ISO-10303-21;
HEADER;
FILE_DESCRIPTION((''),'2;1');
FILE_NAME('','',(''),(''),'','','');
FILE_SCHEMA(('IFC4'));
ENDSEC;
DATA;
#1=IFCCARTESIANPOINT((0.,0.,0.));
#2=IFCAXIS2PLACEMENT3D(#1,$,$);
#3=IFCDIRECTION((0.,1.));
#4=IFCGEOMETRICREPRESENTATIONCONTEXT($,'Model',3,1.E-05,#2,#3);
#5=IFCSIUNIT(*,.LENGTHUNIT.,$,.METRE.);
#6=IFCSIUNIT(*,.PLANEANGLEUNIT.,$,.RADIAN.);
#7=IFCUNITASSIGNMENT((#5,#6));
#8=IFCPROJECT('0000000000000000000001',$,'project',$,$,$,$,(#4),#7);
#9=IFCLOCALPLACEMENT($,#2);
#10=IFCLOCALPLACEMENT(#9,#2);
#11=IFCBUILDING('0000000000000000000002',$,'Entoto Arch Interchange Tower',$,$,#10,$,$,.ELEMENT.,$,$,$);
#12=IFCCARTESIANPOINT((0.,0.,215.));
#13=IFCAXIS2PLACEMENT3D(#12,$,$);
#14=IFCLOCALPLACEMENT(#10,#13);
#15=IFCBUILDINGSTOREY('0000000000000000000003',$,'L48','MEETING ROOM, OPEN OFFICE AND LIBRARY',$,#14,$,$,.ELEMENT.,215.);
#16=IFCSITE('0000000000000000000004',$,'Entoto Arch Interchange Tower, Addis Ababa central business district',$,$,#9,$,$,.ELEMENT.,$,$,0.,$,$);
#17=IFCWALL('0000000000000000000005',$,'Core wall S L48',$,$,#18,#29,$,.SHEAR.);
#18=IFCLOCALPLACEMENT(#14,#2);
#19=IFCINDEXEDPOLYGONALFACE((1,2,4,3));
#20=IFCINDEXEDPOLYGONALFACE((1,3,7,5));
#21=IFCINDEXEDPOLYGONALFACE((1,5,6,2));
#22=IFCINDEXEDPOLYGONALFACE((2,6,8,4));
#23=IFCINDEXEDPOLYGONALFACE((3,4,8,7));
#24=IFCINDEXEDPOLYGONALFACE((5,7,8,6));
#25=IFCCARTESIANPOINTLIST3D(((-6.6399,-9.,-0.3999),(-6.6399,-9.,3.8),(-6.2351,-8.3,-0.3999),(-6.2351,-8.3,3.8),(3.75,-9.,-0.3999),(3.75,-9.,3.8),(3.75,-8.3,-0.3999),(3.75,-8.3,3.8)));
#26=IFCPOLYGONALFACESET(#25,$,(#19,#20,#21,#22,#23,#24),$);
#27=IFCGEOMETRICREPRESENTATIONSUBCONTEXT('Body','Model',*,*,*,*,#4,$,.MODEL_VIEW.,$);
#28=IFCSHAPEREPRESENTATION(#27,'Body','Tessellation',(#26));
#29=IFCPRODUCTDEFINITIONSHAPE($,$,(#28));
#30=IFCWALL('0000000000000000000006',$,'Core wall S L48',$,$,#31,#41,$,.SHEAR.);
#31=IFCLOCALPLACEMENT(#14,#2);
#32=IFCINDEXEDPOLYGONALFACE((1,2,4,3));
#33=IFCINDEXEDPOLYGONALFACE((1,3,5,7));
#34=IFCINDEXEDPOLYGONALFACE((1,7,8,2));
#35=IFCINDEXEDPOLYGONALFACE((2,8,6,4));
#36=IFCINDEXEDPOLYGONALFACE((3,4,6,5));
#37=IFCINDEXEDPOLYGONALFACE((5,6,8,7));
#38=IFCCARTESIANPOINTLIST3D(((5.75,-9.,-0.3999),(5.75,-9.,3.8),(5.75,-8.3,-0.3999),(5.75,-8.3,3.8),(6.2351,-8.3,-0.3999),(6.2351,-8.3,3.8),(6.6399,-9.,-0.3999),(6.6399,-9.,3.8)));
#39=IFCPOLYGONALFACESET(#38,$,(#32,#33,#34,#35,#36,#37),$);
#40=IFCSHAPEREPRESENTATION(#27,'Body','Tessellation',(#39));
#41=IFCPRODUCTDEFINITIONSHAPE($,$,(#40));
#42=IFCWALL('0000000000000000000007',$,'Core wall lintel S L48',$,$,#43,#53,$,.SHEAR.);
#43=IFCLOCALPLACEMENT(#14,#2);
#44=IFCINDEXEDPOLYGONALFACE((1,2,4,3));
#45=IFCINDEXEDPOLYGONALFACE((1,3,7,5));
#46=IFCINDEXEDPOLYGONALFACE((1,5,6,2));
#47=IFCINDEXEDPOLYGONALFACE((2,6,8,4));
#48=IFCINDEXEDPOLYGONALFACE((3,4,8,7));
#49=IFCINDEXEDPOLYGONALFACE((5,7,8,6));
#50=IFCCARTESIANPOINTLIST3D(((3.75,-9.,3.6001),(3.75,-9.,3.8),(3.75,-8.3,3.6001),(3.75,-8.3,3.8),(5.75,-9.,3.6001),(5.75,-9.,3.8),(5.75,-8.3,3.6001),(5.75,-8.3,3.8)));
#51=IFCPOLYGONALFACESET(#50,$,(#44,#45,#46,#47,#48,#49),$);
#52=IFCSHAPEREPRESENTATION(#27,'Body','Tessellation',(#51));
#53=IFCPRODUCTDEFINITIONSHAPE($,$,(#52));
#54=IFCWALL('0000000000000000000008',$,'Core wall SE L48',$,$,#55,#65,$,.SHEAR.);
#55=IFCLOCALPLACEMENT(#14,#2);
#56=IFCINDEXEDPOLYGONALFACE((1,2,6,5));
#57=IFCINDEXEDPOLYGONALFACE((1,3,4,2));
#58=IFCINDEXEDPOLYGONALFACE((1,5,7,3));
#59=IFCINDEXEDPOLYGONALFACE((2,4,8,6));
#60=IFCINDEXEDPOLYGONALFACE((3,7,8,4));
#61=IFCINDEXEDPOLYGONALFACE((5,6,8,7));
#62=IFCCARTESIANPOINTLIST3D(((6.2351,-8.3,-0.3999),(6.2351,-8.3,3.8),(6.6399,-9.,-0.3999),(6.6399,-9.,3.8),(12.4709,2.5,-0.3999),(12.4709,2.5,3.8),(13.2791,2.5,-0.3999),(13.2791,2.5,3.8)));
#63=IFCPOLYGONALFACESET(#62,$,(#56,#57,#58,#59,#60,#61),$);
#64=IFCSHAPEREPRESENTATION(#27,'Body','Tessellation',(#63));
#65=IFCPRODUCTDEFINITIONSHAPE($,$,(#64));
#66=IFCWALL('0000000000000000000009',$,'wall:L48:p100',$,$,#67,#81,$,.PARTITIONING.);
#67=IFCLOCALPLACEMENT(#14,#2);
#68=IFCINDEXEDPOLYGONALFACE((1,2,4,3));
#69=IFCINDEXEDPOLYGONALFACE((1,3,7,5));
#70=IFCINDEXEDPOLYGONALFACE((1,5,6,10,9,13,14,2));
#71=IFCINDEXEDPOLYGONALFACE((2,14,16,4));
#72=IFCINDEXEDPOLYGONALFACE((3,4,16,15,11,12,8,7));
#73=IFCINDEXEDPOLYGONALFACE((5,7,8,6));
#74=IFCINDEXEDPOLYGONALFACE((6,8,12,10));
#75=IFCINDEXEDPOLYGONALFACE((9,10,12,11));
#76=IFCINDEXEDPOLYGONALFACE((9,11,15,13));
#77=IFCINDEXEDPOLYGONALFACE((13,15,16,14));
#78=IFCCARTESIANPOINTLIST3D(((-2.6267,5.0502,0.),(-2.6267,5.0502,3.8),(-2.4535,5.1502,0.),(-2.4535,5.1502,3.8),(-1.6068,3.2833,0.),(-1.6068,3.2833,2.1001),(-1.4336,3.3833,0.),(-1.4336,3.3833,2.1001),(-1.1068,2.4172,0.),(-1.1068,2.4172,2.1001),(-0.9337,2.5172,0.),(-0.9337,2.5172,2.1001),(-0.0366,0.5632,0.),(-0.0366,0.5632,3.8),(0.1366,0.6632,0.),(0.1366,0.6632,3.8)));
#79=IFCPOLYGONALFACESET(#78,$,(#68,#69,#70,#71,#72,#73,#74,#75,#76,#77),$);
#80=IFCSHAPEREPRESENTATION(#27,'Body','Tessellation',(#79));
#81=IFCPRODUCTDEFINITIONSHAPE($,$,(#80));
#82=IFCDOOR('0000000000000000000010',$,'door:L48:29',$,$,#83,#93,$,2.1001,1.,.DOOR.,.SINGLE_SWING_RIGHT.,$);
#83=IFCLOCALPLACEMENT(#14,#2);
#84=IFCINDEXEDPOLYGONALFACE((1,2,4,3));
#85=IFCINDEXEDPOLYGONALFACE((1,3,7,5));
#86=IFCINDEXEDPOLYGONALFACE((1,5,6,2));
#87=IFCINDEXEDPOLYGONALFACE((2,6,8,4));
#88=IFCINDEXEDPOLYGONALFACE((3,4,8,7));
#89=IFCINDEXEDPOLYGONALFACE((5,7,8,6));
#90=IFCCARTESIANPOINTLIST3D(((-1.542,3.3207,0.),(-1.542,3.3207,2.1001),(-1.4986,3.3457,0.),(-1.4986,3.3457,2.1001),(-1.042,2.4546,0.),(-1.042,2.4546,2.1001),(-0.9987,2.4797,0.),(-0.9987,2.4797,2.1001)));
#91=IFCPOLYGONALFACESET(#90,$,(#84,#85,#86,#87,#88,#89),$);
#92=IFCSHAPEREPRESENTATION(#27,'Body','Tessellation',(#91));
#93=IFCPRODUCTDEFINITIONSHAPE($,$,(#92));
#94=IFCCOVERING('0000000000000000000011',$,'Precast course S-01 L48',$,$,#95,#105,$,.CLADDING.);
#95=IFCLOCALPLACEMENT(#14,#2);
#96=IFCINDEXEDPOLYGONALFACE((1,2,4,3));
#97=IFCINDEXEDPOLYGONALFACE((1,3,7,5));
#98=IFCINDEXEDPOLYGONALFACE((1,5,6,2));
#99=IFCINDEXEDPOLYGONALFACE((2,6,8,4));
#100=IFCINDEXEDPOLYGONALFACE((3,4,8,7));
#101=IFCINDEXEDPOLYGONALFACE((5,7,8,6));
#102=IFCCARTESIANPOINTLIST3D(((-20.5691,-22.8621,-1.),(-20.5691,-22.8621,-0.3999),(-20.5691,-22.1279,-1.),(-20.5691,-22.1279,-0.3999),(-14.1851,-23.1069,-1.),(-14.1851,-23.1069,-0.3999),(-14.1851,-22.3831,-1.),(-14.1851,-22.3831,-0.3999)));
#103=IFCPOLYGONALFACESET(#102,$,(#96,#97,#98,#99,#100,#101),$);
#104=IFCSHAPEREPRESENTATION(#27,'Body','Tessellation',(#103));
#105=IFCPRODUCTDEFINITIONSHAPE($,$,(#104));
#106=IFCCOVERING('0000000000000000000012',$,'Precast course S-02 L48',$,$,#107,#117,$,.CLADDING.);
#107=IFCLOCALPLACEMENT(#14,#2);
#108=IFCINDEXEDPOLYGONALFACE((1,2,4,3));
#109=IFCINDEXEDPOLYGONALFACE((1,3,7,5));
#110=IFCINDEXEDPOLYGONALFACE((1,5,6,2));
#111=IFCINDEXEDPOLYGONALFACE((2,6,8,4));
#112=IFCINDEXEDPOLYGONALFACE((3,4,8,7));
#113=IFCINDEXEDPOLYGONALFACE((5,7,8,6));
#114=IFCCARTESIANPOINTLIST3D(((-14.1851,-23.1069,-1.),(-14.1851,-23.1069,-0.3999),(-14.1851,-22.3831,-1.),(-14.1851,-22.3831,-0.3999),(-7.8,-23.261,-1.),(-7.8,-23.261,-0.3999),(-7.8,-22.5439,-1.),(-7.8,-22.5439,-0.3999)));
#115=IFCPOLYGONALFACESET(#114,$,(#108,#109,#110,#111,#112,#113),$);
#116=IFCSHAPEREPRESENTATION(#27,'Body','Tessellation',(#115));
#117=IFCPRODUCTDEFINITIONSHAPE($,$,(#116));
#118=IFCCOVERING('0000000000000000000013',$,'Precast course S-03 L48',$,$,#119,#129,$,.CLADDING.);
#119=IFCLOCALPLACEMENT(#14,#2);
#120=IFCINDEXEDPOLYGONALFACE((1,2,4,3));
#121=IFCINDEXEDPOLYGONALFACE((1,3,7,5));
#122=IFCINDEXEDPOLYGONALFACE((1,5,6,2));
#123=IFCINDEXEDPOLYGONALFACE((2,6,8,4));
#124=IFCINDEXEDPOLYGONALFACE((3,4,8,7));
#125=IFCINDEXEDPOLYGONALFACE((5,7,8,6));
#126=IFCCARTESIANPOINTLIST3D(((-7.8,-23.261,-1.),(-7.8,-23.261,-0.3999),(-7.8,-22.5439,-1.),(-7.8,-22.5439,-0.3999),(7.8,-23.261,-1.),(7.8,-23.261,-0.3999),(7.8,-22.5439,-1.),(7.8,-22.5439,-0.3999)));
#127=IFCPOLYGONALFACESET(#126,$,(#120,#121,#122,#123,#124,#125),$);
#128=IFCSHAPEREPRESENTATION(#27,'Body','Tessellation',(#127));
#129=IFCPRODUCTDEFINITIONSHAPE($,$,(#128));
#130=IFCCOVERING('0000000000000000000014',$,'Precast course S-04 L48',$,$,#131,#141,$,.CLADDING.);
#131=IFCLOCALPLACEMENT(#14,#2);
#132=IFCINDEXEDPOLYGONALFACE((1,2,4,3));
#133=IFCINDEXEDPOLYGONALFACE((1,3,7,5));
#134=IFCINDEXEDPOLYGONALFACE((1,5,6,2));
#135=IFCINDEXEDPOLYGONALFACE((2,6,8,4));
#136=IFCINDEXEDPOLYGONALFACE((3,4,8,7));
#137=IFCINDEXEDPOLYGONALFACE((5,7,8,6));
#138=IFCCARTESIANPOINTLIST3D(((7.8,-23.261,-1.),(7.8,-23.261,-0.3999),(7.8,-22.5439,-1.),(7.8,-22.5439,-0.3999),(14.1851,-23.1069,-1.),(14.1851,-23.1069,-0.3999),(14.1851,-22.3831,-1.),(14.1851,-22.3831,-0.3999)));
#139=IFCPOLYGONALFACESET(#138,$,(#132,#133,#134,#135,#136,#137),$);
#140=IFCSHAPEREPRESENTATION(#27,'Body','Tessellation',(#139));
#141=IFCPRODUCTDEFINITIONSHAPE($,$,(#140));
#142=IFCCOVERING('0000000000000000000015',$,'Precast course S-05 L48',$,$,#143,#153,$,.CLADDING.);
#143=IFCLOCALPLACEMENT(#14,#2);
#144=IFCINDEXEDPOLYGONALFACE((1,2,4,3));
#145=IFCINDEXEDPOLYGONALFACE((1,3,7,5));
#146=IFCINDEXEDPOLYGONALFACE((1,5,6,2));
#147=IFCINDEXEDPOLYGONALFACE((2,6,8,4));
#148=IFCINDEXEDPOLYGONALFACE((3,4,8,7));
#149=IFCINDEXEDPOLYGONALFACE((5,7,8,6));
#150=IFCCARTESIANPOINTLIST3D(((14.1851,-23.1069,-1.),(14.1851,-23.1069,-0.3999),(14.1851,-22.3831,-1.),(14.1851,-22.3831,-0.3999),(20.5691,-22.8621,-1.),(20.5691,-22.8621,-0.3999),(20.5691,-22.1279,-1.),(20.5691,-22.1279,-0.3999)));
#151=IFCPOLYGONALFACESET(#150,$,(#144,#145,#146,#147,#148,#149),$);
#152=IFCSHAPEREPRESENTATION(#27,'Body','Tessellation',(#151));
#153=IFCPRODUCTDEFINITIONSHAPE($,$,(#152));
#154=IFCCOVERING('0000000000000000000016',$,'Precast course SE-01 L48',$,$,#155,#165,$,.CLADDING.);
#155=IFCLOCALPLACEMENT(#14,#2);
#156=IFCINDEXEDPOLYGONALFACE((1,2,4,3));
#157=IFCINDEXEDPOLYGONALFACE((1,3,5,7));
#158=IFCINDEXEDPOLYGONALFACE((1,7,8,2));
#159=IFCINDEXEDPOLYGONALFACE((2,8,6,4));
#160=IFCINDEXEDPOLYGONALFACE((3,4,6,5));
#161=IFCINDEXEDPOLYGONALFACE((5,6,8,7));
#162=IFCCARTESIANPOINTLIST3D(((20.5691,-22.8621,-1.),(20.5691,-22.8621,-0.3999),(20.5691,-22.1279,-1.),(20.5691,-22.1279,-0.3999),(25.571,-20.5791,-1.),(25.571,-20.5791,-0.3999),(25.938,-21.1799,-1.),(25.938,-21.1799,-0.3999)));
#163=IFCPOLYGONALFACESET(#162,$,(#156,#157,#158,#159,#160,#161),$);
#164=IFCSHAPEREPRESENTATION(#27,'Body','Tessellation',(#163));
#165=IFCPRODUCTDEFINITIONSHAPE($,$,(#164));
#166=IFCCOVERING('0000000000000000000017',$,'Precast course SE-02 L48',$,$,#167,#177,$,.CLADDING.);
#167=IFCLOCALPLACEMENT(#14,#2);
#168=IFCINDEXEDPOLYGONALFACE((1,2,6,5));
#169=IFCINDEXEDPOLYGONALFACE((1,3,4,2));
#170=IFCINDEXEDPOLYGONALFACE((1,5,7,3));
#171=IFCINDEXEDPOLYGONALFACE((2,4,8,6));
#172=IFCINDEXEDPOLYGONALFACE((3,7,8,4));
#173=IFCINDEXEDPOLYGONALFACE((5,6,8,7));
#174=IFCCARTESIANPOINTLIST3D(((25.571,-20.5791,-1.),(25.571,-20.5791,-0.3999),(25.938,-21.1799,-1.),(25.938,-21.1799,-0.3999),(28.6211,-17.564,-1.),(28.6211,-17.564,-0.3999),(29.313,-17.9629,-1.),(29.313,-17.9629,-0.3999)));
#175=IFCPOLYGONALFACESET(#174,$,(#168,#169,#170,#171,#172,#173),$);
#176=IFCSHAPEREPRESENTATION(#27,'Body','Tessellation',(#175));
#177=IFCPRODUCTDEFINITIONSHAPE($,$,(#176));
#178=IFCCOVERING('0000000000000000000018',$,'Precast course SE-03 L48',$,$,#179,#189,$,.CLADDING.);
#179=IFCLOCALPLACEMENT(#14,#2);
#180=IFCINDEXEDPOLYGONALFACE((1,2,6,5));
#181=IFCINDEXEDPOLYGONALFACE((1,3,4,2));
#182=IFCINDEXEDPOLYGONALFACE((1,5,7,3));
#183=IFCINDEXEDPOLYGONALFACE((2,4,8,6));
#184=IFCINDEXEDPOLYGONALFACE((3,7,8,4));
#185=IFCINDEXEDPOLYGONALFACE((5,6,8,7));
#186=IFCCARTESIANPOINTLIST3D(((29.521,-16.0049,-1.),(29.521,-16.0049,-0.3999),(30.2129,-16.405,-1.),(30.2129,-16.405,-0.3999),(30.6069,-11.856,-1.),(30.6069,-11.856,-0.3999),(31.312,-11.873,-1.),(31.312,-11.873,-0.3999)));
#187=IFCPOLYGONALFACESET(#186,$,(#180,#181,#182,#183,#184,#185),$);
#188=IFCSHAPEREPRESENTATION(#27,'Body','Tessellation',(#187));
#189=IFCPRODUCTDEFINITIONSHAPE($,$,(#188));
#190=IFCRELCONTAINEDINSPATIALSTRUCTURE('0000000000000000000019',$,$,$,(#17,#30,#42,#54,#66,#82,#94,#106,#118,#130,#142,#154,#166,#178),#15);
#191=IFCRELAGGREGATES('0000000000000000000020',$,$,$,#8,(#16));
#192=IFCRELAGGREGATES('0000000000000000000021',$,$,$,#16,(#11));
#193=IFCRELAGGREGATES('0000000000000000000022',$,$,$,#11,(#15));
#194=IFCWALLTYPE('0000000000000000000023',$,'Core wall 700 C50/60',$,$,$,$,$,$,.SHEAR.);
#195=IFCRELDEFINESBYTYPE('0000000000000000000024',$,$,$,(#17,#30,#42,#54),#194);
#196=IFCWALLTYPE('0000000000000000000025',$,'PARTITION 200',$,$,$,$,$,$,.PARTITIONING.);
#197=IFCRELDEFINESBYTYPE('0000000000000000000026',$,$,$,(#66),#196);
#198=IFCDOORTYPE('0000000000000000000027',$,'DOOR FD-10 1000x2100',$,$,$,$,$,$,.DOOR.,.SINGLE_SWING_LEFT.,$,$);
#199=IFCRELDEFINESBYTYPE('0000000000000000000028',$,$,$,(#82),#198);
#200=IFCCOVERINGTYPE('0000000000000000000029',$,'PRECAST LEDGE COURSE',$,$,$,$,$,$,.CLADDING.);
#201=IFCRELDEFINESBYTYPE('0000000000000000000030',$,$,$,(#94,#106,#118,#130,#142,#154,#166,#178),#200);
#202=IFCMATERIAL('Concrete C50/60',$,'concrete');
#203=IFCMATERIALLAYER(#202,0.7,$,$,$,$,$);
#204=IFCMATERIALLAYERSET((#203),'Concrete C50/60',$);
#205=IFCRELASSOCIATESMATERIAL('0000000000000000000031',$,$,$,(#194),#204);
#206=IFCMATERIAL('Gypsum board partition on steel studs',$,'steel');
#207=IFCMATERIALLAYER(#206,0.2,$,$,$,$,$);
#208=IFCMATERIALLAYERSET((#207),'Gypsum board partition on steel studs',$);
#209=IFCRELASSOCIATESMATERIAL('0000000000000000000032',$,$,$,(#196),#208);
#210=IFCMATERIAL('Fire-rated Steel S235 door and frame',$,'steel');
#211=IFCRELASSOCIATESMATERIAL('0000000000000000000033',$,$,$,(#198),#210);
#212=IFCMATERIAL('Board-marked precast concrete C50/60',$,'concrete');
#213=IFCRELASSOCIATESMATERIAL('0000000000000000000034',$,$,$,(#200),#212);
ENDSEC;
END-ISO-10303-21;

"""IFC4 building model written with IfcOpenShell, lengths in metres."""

from ifc_helpers import new_model, si_unit, direction, frame, frame_2d, origin, place, context, subcontext, project, spatial, polyline, rectangle, outline, extrude, material, layer, layer_set, type_object, element, fill, save


model = new_model("IFC4")

# Units and contexts
model_context = context("Model", 3, precision=1e-05, world=origin(), true_north=direction((0.0, 1.0)))
body_context = subcontext(model_context, "Body", "Model", "MODEL_VIEW")
ifc_project = project(units=[si_unit("LENGTHUNIT", "METRE"), si_unit("PLANEANGLEUNIT", "RADIAN")], contexts=[model_context])

# Site, building, storey
site_placement = place(None, origin())
site = spatial("IfcSite", under=ifc_project, at=site_placement, Name="Entoto Arch Interchange Tower, Addis Ababa central business district", CompositionType="ELEMENT", RefElevation=0.0)
building_placement = place(site_placement, origin())
building = spatial("IfcBuilding", under=site, at=building_placement, Name="Entoto Arch Interchange Tower", CompositionType="ELEMENT")
storey_placement = place(building_placement, frame((0.0, 0.0, 215.0)))
storey = spatial("IfcBuildingStorey", under=building, at=storey_placement, Name="L48", Description="MEETING ROOM, OPEN OFFICE AND LIBRARY", CompositionType="ELEMENT", Elevation=215.0)

# Walls
ifc_material_1 = material(Name="Concrete C50/60", Category="concrete")
ifc_layer_1 = layer(ifc_material_1, 0.7)
ifc_layer_set_1 = layer_set([ifc_layer_1], Name="Concrete C50/60")
wall_type_1 = type_object("IfcWallType", Name="Core wall 700 C50/60", PredefinedType="SHEAR", material=ifc_layer_set_1)
wall_1_placement = place(storey_placement, frame((0.0, 0.0, -0.3999)))
element("IfcWall", 1, at=wall_1_placement, inside=storey, type_object=wall_type_1, Name="Core wall S L48", PredefinedType="SHEAR", context=body_context, shape_type="SweptSolid", body=[
    extrude(outline(polyline([(3.75, -9.0), (3.75, -8.3), (-6.2351, -8.3), (-6.6399, -9.0), (3.75, -9.0)])), origin(), (0.0, 0.0, 1.0), 4.2),
])
wall_2_placement = place(storey_placement, frame((0.0, 0.0, -0.3999)))
element("IfcWall", 2, at=wall_2_placement, inside=storey, type_object=wall_type_1, Name="Core wall S L48", PredefinedType="SHEAR", context=body_context, shape_type="SweptSolid", body=[
    extrude(outline(polyline([(5.75, -8.3), (5.75, -9.0), (6.6399, -9.0), (6.2351, -8.3), (5.75, -8.3)])), origin(), (0.0, 0.0, 1.0), 4.2),
])
wall_3_placement = place(storey_placement, frame((0.0, 0.0, 3.6001)))
element("IfcWall", 3, at=wall_3_placement, inside=storey, type_object=wall_type_1, Name="Core wall lintel S L48", PredefinedType="SHEAR", context=body_context, shape_type="SweptSolid", body=[
    extrude(outline(polyline([(5.75, -9.0), (5.75, -8.3), (3.75, -8.3), (3.75, -9.0), (5.75, -9.0)])), origin(), (0.0, 0.0, 1.0), 0.2),
])
wall_4_placement = place(storey_placement, frame((0.0, 0.0, -0.3999)))
element("IfcWall", 4, at=wall_4_placement, inside=storey, type_object=wall_type_1, Name="Core wall SE L48", PredefinedType="SHEAR", context=body_context, shape_type="SweptSolid", body=[
    extrude(outline(polyline([(6.6399, -9.0), (13.2791, 2.5), (12.4709, 2.5), (6.2351, -8.3), (6.6399, -9.0)])), origin(), (0.0, 0.0, 1.0), 4.2),
])

# Wall, opening, door
ifc_material_2 = material(Name="Gypsum board partition on steel studs", Category="steel")
ifc_layer_2 = layer(ifc_material_2, 0.2)
ifc_layer_set_2 = layer_set([ifc_layer_2], Name="Gypsum board partition on steel studs")
wall_type_2 = type_object("IfcWallType", Name="PARTITION 200", PredefinedType="PARTITIONING", material=ifc_layer_set_2)
wall_5_placement = place(storey_placement, frame((-2.54, 5.1001, 0.0), z_axis=(0.0, 0.0, 1.0), x_axis=(0.499925, -0.866069, 0.0)))
wall_5 = element("IfcWall", 5, at=wall_5_placement, inside=storey, type_object=wall_type_2, Name="wall:L48:p100", PredefinedType="PARTITIONING", context=body_context, shape_type="SweptSolid", body=[
    extrude(rectangle(XDim=5.1809, YDim=0.2, at=frame_2d((2.5903, 0.0))), origin(), (0.0, 0.0, 1.0), 3.8),
])
opening_placement = place(wall_5_placement, frame((2.04, 0.0, 0.0)))
opening = element("IfcOpeningElement", 6, at=opening_placement, cuts=wall_5, PredefinedType="OPENING", context=body_context, shape_type="SweptSolid", body=[
    extrude(rectangle(XDim=1.0, YDim=2.1001, at=frame_2d((0.5, 1.05))), frame((0.0, 0.1099, 0.0), z_axis=(0.0, -1.0, 0.0), x_axis=(1.0, 0.0, 0.0)), (0.0, 0.0, 1.0), 0.22),
])
ifc_material_3 = material(Name="Fire-rated Steel S235 door and frame", Category="steel")
door_type = type_object("IfcDoorType", Name="DOOR FD-10 1000x2100", OperationType="SINGLE_SWING_LEFT", PredefinedType="DOOR", material=ifc_material_3)
door_placement = place(opening_placement, origin())
door = element("IfcDoor", 7, at=door_placement, inside=storey, type_object=door_type, Name="door:L48:29", OperationType="SINGLE_SWING_RIGHT", OverallHeight=2.1001, OverallWidth=1.0, PredefinedType="DOOR", context=body_context, shape_type="SweptSolid", body=[
    extrude(rectangle(XDim=1.0, YDim=2.1001, at=frame_2d((0.5, 1.05))), frame((0.0, 0.0249, 0.0), z_axis=(0.0, -1.0, 0.0), x_axis=(1.0, 0.0, 0.0)), (0.0, 0.0, 1.0), 0.05),
])
fill(opening, door)

# Coverings
ifc_material_4 = material(Name="Board-marked precast concrete C50/60", Category="concrete")
covering_type = type_object("IfcCoveringType", Name="PRECAST LEDGE COURSE", PredefinedType="CLADDING", material=ifc_material_4)
covering_1_placement = place(storey_placement, frame((0.0, 0.0, -1.0)))
element("IfcCovering", 8, at=covering_1_placement, inside=storey, type_object=covering_type, Name="Precast course S-01 L48", PredefinedType="CLADDING", context=body_context, shape_type="SweptSolid", body=[
    extrude(outline(polyline([(-14.1851, -22.3831), (-14.1851, -23.1069), (-20.5691, -22.8621), (-20.5691, -22.1279), (-14.1851, -22.3831)])), origin(), (0.0, 0.0, 1.0), 0.6001),
])
covering_2_placement = place(storey_placement, frame((0.0, 0.0, -1.0)))
element("IfcCovering", 9, at=covering_2_placement, inside=storey, type_object=covering_type, Name="Precast course S-02 L48", PredefinedType="CLADDING", context=body_context, shape_type="SweptSolid", body=[
    extrude(outline(polyline([(-7.8, -22.5439), (-7.8, -23.261), (-14.1851, -23.1069), (-14.1851, -22.3831), (-7.8, -22.5439)])), origin(), (0.0, 0.0, 1.0), 0.6001),
])
covering_3_placement = place(storey_placement, frame((0.0, 0.0, -1.0)))
element("IfcCovering", 10, at=covering_3_placement, inside=storey, type_object=covering_type, Name="Precast course S-03 L48", PredefinedType="CLADDING", context=body_context, shape_type="SweptSolid", body=[
    extrude(outline(polyline([(7.8, -22.5439), (7.8, -23.261), (-7.8, -23.261), (-7.8, -22.5439), (7.8, -22.5439)])), origin(), (0.0, 0.0, 1.0), 0.6001),
])
covering_4_placement = place(storey_placement, frame((0.0, 0.0, -1.0)))
element("IfcCovering", 11, at=covering_4_placement, inside=storey, type_object=covering_type, Name="Precast course S-04 L48", PredefinedType="CLADDING", context=body_context, shape_type="SweptSolid", body=[
    extrude(outline(polyline([(14.1851, -22.3831), (14.1851, -23.1069), (7.8, -23.261), (7.8, -22.5439), (14.1851, -22.3831)])), origin(), (0.0, 0.0, 1.0), 0.6001),
])
covering_5_placement = place(storey_placement, frame((0.0, 0.0, -1.0)))
element("IfcCovering", 12, at=covering_5_placement, inside=storey, type_object=covering_type, Name="Precast course S-05 L48", PredefinedType="CLADDING", context=body_context, shape_type="SweptSolid", body=[
    extrude(outline(polyline([(20.5691, -22.1279), (20.5691, -22.8621), (14.1851, -23.1069), (14.1851, -22.3831), (20.5691, -22.1279)])), origin(), (0.0, 0.0, 1.0), 0.6001),
])
covering_6_placement = place(storey_placement, frame((0.0, 0.0, -1.0)))
element("IfcCovering", 13, at=covering_6_placement, inside=storey, type_object=covering_type, Name="Precast course SE-01 L48", PredefinedType="CLADDING", context=body_context, shape_type="SweptSolid", body=[
    extrude(outline(polyline([(25.571, -20.5791), (25.938, -21.1799), (20.5691, -22.8621), (20.5691, -22.1279), (25.571, -20.5791)])), origin(), (0.0, 0.0, 1.0), 0.6001),
])
covering_7_placement = place(storey_placement, frame((0.0, 0.0, -1.0)))
element("IfcCovering", 14, at=covering_7_placement, inside=storey, type_object=covering_type, Name="Precast course SE-02 L48", PredefinedType="CLADDING", context=body_context, shape_type="SweptSolid", body=[
    extrude(outline(polyline([(28.6211, -17.564), (29.313, -17.9629), (25.938, -21.1799), (25.571, -20.5791), (28.6211, -17.564)])), origin(), (0.0, 0.0, 1.0), 0.6001),
])
covering_8_placement = place(storey_placement, frame((0.0, 0.0, -1.0)))
element("IfcCovering", 15, at=covering_8_placement, inside=storey, type_object=covering_type, Name="Precast course SE-03 L48", PredefinedType="CLADDING", context=body_context, shape_type="SweptSolid", body=[
    extrude(outline(polyline([(30.6069, -11.856), (31.312, -11.873), (30.2129, -16.405), (29.521, -16.0049), (30.6069, -11.856)])), origin(), (0.0, 0.0, 1.0), 0.6001),
])

save(model, "model.ifc")
